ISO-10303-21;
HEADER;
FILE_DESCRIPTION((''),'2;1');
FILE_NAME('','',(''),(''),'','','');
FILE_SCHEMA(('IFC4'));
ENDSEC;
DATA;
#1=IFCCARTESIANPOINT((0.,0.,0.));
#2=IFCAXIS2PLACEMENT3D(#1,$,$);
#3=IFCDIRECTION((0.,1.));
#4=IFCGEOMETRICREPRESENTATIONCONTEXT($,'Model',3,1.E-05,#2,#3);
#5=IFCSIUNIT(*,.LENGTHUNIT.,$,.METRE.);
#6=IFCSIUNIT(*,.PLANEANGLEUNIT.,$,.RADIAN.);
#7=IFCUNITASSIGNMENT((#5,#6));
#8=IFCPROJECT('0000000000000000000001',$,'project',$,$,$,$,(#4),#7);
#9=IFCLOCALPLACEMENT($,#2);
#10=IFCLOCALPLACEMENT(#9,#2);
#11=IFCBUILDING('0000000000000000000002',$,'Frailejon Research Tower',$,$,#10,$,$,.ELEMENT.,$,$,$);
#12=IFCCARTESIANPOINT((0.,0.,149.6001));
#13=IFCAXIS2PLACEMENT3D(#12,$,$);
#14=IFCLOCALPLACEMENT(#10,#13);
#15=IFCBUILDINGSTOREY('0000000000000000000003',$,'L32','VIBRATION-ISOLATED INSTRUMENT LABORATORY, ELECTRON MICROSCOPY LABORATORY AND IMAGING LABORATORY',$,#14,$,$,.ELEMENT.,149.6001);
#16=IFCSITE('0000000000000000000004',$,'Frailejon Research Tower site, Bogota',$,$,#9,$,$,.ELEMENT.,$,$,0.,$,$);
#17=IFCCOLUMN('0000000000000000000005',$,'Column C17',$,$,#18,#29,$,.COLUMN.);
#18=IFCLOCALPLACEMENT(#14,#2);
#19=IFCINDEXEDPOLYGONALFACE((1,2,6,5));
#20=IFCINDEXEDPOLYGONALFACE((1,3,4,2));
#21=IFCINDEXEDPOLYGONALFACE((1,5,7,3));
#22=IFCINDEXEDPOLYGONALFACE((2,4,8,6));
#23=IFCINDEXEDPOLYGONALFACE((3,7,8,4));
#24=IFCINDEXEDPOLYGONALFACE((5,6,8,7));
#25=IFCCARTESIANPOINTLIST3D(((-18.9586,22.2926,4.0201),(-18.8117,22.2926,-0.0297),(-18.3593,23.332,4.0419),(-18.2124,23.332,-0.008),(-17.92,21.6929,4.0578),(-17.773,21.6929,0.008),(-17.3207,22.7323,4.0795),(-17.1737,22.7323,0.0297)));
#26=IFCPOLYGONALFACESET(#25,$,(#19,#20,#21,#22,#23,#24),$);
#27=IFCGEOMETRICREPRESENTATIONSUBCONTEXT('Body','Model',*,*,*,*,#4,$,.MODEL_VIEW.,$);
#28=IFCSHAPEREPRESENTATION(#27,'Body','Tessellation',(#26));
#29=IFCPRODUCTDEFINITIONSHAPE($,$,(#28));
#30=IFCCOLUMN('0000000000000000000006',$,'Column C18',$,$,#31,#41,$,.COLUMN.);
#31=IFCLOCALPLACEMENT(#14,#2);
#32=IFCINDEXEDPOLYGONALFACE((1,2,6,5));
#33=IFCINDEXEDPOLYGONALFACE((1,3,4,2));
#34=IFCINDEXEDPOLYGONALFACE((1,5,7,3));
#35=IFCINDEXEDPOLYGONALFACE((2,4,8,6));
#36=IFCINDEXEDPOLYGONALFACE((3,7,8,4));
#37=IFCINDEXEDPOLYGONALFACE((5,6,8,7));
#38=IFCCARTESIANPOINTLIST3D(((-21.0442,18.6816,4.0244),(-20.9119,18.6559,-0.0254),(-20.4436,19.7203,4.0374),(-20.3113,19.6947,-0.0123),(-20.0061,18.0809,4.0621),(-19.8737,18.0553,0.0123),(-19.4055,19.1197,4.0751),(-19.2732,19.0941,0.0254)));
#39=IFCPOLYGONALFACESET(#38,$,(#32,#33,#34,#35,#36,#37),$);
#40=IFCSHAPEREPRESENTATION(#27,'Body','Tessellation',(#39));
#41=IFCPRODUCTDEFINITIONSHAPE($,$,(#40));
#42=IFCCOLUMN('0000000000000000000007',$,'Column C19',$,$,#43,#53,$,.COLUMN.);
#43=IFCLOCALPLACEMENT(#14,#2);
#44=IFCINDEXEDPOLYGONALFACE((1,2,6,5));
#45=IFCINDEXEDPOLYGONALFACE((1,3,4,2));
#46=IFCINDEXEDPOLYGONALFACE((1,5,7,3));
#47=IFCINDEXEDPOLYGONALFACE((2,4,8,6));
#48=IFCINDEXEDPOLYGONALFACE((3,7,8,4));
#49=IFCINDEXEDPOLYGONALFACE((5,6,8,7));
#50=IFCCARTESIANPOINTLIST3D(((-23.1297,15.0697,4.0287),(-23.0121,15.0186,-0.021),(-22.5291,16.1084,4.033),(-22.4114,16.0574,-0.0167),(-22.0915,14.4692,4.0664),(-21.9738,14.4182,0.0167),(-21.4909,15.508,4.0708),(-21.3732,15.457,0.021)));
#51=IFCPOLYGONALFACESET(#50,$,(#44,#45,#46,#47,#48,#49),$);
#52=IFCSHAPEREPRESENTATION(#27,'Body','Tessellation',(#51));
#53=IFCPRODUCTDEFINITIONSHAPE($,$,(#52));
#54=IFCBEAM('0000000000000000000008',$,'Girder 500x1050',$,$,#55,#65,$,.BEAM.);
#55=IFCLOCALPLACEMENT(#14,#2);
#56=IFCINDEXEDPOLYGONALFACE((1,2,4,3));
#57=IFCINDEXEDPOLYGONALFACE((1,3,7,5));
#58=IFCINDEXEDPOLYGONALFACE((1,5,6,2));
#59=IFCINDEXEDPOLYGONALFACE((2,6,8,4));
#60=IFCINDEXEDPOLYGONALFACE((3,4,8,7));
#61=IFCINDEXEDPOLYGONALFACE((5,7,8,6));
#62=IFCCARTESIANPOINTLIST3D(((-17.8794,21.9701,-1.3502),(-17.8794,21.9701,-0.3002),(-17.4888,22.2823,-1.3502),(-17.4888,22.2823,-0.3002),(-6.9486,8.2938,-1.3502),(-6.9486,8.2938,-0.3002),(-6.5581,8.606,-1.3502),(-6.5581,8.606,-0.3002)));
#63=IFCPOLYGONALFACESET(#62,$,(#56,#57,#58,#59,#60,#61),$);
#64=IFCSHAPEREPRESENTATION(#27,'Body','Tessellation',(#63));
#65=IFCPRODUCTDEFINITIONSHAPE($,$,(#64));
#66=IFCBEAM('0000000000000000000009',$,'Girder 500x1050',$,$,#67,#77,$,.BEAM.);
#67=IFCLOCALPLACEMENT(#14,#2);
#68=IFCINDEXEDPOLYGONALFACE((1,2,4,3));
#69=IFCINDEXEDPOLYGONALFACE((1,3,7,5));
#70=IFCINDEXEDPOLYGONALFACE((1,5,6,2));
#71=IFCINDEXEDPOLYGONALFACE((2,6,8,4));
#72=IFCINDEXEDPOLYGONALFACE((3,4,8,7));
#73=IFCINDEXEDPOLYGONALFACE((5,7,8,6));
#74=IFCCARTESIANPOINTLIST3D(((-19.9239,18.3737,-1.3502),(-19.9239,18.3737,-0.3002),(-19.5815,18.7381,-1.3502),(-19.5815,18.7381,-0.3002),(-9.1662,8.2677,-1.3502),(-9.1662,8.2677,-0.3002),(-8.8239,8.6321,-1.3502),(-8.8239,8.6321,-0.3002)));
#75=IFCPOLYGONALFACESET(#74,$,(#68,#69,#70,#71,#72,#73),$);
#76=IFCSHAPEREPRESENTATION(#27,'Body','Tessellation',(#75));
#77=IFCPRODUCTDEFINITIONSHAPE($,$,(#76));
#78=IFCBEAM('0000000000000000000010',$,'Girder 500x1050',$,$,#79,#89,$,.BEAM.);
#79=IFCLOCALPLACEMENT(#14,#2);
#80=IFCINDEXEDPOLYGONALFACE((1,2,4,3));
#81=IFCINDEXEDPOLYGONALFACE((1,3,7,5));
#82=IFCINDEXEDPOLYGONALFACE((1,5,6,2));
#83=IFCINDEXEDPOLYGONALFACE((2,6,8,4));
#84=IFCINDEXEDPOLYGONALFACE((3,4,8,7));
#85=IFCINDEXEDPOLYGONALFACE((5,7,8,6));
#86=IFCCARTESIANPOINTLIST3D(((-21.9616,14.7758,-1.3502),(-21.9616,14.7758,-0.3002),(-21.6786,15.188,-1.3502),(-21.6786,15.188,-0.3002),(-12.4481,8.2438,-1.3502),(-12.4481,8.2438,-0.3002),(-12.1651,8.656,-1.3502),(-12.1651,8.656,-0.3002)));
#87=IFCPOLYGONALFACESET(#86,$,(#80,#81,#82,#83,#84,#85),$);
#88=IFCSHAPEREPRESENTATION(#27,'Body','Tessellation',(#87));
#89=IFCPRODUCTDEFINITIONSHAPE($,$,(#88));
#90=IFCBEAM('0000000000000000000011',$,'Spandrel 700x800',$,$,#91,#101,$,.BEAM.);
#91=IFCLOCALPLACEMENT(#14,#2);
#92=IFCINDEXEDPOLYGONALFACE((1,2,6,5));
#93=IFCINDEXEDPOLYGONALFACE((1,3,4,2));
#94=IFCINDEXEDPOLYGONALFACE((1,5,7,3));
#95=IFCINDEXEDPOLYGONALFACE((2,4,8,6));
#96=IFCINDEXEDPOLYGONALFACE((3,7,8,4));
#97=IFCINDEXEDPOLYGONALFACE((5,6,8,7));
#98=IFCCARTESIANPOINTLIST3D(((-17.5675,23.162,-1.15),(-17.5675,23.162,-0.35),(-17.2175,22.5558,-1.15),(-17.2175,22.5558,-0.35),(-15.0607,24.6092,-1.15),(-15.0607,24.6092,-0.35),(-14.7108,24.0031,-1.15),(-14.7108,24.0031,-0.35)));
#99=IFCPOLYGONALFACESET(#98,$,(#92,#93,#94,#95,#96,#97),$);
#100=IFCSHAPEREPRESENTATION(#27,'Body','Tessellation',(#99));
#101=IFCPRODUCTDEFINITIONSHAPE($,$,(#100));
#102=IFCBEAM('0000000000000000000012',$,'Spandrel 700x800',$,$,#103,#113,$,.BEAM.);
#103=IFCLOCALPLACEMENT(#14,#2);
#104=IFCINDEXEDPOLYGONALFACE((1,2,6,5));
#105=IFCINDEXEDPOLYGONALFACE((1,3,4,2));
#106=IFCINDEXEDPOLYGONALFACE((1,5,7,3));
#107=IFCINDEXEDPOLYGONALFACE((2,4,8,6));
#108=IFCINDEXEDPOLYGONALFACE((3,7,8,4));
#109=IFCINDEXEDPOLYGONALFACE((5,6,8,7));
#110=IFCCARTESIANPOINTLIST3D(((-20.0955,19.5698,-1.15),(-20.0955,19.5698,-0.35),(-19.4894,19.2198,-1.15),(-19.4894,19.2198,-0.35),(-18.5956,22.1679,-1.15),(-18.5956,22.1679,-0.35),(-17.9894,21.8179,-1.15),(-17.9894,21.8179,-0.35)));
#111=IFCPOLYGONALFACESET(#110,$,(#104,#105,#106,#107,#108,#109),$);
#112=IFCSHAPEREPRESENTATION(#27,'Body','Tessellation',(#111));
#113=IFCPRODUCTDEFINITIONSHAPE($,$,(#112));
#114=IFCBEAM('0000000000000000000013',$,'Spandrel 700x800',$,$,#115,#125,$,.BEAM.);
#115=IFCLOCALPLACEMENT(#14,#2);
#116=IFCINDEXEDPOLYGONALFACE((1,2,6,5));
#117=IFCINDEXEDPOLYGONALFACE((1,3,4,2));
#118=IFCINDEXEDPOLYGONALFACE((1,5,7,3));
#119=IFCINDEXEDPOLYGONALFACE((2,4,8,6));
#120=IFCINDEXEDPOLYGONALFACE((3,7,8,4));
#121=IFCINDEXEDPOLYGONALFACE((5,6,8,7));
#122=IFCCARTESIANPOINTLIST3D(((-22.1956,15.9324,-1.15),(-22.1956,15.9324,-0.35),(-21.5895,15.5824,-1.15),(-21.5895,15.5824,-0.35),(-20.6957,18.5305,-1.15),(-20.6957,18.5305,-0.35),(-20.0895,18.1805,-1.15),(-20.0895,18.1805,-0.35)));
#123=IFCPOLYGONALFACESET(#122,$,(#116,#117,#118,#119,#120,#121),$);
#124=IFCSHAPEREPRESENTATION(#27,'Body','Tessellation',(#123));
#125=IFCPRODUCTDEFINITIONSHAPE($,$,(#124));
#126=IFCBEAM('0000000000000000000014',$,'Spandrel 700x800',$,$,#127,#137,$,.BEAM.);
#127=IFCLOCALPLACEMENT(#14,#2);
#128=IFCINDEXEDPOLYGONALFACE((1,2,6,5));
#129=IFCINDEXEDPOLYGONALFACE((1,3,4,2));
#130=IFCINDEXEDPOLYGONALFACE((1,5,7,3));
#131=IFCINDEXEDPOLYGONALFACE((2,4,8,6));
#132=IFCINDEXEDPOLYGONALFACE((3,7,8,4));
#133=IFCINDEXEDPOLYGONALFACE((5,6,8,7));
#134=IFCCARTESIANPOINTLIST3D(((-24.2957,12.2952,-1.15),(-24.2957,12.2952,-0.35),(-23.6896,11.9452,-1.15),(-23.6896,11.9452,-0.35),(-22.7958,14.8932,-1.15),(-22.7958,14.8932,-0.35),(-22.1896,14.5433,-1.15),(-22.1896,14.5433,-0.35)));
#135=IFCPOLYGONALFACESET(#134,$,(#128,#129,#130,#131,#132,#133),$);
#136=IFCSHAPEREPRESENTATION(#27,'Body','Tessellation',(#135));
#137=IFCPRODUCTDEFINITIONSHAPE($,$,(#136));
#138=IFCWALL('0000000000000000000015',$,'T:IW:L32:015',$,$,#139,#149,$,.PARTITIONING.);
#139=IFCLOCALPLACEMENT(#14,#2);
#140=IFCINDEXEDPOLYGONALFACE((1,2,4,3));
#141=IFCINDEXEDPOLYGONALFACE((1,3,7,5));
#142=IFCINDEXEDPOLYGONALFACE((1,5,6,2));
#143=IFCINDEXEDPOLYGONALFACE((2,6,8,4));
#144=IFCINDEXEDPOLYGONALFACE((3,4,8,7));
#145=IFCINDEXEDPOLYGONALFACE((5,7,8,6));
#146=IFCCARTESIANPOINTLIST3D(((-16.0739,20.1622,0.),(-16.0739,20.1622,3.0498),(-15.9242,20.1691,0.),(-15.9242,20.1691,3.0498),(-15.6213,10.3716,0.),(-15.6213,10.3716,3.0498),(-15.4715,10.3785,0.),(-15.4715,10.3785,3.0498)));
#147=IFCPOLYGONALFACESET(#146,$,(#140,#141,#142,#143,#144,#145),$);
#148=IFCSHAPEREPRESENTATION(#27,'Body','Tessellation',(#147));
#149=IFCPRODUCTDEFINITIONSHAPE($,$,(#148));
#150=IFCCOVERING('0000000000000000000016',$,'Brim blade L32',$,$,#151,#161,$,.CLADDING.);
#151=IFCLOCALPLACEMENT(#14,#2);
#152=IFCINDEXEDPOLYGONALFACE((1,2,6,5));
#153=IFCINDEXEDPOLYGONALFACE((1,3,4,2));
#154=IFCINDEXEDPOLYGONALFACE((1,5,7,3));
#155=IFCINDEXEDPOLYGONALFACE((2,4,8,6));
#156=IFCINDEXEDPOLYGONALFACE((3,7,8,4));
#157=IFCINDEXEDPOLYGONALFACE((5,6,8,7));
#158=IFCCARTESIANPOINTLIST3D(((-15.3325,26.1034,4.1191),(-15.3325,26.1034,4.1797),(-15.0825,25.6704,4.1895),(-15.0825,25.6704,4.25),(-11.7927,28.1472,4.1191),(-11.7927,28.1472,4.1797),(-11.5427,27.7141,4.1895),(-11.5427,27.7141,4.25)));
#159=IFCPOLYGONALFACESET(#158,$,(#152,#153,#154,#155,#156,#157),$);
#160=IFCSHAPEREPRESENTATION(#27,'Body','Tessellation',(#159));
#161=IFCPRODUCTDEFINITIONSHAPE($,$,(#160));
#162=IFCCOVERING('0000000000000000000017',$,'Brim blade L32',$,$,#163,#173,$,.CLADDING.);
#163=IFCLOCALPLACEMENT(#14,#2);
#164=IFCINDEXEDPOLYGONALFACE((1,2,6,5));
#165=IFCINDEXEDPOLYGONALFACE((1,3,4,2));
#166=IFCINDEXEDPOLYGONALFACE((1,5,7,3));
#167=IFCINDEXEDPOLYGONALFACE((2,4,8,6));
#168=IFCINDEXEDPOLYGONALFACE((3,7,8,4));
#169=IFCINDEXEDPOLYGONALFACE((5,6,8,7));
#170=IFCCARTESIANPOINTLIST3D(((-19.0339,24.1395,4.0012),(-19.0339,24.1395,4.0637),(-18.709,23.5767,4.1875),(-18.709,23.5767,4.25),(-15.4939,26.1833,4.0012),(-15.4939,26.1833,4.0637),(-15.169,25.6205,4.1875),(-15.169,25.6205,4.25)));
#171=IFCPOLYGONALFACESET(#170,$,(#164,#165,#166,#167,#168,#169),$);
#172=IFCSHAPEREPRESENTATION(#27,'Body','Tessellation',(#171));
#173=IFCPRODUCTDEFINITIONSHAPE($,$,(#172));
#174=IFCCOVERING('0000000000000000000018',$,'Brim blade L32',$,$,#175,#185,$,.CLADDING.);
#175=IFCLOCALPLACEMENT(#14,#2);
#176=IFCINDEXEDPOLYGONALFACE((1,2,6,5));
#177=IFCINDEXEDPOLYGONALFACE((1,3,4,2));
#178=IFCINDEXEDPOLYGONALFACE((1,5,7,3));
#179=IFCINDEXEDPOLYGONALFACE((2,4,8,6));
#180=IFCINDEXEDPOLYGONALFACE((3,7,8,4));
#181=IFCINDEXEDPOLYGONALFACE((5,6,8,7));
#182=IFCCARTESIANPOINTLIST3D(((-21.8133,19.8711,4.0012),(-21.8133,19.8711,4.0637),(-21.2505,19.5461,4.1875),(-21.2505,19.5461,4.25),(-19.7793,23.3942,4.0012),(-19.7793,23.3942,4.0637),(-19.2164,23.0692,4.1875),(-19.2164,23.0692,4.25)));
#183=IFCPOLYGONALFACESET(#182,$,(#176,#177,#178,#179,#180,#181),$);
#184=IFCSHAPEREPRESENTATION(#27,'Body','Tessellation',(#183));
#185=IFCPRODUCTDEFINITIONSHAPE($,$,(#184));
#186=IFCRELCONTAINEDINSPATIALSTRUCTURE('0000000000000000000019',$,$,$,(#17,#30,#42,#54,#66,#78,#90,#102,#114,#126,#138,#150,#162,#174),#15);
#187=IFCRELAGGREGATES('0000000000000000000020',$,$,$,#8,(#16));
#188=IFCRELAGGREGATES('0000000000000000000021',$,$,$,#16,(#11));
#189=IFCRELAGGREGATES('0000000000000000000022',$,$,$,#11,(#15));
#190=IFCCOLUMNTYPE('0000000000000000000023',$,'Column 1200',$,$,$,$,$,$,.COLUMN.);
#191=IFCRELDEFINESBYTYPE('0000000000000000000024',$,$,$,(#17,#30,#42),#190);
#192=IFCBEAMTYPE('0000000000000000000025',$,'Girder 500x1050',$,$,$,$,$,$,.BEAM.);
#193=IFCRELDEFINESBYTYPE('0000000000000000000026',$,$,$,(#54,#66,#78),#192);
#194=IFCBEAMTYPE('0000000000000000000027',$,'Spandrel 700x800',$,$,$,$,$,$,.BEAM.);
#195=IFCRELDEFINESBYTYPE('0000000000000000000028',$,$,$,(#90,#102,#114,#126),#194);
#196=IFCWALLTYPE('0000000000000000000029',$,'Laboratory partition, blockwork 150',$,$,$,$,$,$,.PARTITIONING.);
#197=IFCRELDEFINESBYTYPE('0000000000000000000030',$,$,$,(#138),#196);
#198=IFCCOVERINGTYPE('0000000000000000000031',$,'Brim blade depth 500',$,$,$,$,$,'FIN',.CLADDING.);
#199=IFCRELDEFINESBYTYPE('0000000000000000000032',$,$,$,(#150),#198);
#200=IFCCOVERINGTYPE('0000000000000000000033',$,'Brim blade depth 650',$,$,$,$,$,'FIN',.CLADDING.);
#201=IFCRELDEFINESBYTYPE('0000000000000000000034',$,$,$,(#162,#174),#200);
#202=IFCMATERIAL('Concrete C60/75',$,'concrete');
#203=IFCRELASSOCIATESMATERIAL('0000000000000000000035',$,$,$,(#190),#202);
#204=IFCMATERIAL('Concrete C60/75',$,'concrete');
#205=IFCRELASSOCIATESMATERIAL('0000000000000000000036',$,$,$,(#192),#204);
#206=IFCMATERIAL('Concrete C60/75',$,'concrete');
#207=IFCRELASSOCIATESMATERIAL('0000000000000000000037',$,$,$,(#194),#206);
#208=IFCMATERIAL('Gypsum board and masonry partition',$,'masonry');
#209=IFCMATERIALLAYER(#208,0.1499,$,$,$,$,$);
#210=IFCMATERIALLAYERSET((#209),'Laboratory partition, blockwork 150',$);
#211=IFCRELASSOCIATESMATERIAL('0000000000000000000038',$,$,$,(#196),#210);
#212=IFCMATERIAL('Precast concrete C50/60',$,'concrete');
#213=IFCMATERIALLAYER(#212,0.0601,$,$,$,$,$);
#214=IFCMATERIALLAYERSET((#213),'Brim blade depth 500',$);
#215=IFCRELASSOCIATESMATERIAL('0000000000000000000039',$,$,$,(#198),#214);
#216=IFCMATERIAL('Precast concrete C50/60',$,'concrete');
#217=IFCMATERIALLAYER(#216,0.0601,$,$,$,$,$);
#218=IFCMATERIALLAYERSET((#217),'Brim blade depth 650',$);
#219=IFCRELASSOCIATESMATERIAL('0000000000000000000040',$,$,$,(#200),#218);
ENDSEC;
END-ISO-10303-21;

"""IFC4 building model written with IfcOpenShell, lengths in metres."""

from ifc_helpers import new_model, si_unit, direction, frame, frame_2d, origin, origin_2d, place, context, subcontext, project, spatial, polyline, rectangle, outline, extrude, material, layer, layer_set, material_profile, profile_set, type_object, element, save


model = new_model("IFC4")

# Units and contexts
model_context = context("Model", 3, precision=1e-05, world=origin(), true_north=direction((0.0, 1.0)))
body_context = subcontext(model_context, "Body", "Model", "MODEL_VIEW")
ifc_project = project(units=[si_unit("LENGTHUNIT", "METRE"), si_unit("PLANEANGLEUNIT", "RADIAN")], contexts=[model_context])

# Site, building, storey
site_placement = place(None, origin())
site = spatial("IfcSite", under=ifc_project, at=site_placement, Name="Frailejon Research Tower site, Bogota", CompositionType="ELEMENT", RefElevation=0.0)
building_placement = place(site_placement, origin())
building = spatial("IfcBuilding", under=site, at=building_placement, Name="Frailejon Research Tower", CompositionType="ELEMENT")
storey_placement = place(building_placement, frame((0.0, 0.0, 149.6001)))
storey = spatial("IfcBuildingStorey", under=building, at=storey_placement, Name="L32", Description="VIBRATION-ISOLATED INSTRUMENT LABORATORY, ELECTRON MICROSCOPY LABORATORY AND IMAGING LABORATORY", CompositionType="ELEMENT", Elevation=149.6001)

# Columns
ifc_material_1 = material(Name="Concrete C60/75", Category="concrete")
ifc_material_profile_1 = material_profile(ifc_material_1, rectangle(XDim=1.2, YDim=1.2, at=origin_2d()), Name="Column 1200")
ifc_profile_set_1 = profile_set([ifc_material_profile_1], Name="Concrete C60/75")
column_type = type_object("IfcColumnType", Name="Column 1200", PredefinedType="COLUMN", material=ifc_profile_set_1)
column_1_placement = place(storey_placement, frame((-17.9927, 22.5125, 0.0), z_axis=(-0.036267, 0.0, 0.999342), x_axis=(-0.499425, -0.866168, -0.018125)))
element("IfcColumn", 1, at=column_1_placement, inside=storey, type_object=column_type, Name="Column C17", PredefinedType="COLUMN", context=body_context, shape_type="SweptSolid", body=[
    extrude(rectangle(XDim=1.2, YDim=1.2, at=origin_2d()), origin(), (0.0, 0.0, 1.0), 4.0525),
])
column_2_placement = place(storey_placement, frame((-20.0925, 18.875, 0.0), z_axis=(-0.032656, 0.006326, 0.999447), x_axis=(-0.500479, -0.865681, -0.010873)))
element("IfcColumn", 2, at=column_2_placement, inside=storey, type_object=column_type, Name="Column C18", PredefinedType="COLUMN", context=body_context, shape_type="SweptSolid", body=[
    extrude(rectangle(XDim=1.2, YDim=1.2, at=origin_2d()), origin(), (0.0, 0.0, 1.0), 4.052),
])
column_3_placement = place(storey_placement, frame((-22.1926, 15.2378, 0.0), z_axis=(-0.029043, 0.012593, 0.999499), x_axis=(-0.500555, -0.865697, -0.003637)))
element("IfcColumn", 3, at=column_3_placement, inside=storey, type_object=column_type, Name="Column C19", PredefinedType="COLUMN", context=body_context, shape_type="SweptSolid", body=[
    extrude(rectangle(XDim=1.2, YDim=1.2, at=origin_2d()), origin(), (0.0, 0.0, 1.0), 4.0518),
])

# Beams
ifc_material_2 = material(Name="Concrete C60/75", Category="concrete")
ifc_material_profile_2 = material_profile(ifc_material_2, rectangle(XDim=0.5, YDim=1.05, at=origin_2d()), Name="Girder 500x1050")
ifc_profile_set_2 = profile_set([ifc_material_profile_2], Name="Concrete C60/75")
beam_type_1 = type_object("IfcBeamType", Name="Girder 500x1050", PredefinedType="BEAM", material=ifc_profile_set_2)
beam_1_placement = place(storey_placement, frame((-17.6841, 22.1262, -0.8252), z_axis=(0.624334, -0.781157, 0.0), x_axis=(0.781157, 0.624334, 0.0)))
element("IfcBeam", 4, at=beam_1_placement, inside=storey, type_object=beam_type_1, Name="Girder 500x1050", PredefinedType="BEAM", context=body_context, shape_type="SweptSolid", body=[
    extrude(rectangle(XDim=0.5, YDim=1.05, at=origin_2d()), origin(), (0.0, 0.0, 1.0), 17.5078),
])
beam_2_placement = place(storey_placement, frame((-19.7527, 18.5559, -0.8252), z_axis=(0.728836, -0.684689, 0.0), x_axis=(0.684689, 0.728836, 0.0)))
element("IfcBeam", 5, at=beam_2_placement, inside=storey, type_object=beam_type_1, Name="Girder 500x1050", PredefinedType="BEAM", context=body_context, shape_type="SweptSolid", body=[
    extrude(rectangle(XDim=0.5, YDim=1.05, at=origin_2d()), origin(), (0.0, 0.0, 1.0), 14.76),
])
beam_3_placement = place(storey_placement, frame((-21.8201, 14.9819, -0.8252), z_axis=(0.824386, -0.566029, 0.0), x_axis=(0.566029, 0.824386, 0.0)))
element("IfcBeam", 6, at=beam_3_placement, inside=storey, type_object=beam_type_1, Name="Girder 500x1050", PredefinedType="BEAM", context=body_context, shape_type="SweptSolid", body=[
    extrude(rectangle(XDim=0.5, YDim=1.05, at=origin_2d()), origin(), (0.0, 0.0, 1.0), 11.54),
])
ifc_material_3 = material(Name="Concrete C60/75", Category="concrete")
ifc_material_profile_3 = material_profile(ifc_material_3, rectangle(XDim=0.7, YDim=0.8, at=origin_2d()), Name="Spandrel 700x800")
ifc_profile_set_3 = profile_set([ifc_material_profile_3], Name="Concrete C60/75")
beam_type_2 = type_object("IfcBeamType", Name="Spandrel 700x800", PredefinedType="BEAM", material=ifc_profile_set_3)
beam_4_placement = place(storey_placement, frame((-14.8857, 24.3062, -0.75), z_axis=(-0.866034, -0.499985, 0.0), x_axis=(0.499985, -0.866034, 0.0)))
element("IfcBeam", 7, at=beam_4_placement, inside=storey, type_object=beam_type_2, Name="Spandrel 700x800", PredefinedType="BEAM", context=body_context, shape_type="SweptSolid", body=[
    extrude(rectangle(XDim=0.7, YDim=0.8, at=origin_2d()), origin(), (0.0, 0.0, 1.0), 2.8945),
])
for number, where, z_axis, x_axis, name in (
    (8, (-18.2925, 21.9929, -0.75), (-0.49999, -0.866031, 0.0), (0.866031, -0.49999, 0.0), "Spandrel 700x800"),
    (9, (-20.3926, 18.3555, -0.75), (-0.49999, -0.866031, 0.0), (0.866031, -0.49999, 0.0), "Spandrel 700x800"),
    (10, (-22.4927, 14.7183, -0.75), (-0.49999, -0.866031, 0.0), (0.866031, -0.49999, 0.0), "Spandrel 700x800"),
):
    element("IfcBeam", number, at=place(storey_placement, frame(where, z_axis=z_axis, x_axis=x_axis)), inside=storey, type_object=beam_type_2, Name=name, PredefinedType="BEAM", context=body_context, shape_type="SweptSolid", body=[
        extrude(rectangle(XDim=0.7, YDim=0.8, at=origin_2d()), origin(), (0.0, 0.0, 1.0), 3.0),
    ])

# Wall
ifc_material_4 = material(Name="Gypsum board and masonry partition", Category="masonry")
ifc_layer_1 = layer(ifc_material_4, 0.1499)
ifc_layer_set_1 = layer_set([ifc_layer_1], Name="Laboratory partition, blockwork 150")
wall_type_1 = type_object("IfcWallType", Name="Laboratory partition, blockwork 150", PredefinedType="PARTITIONING", material=ifc_layer_set_1)
wall_1_placement = place(storey_placement, frame((-15.999, 20.1655, 0.0), z_axis=(0.0, 0.0, 1.0), x_axis=(0.046183, -0.998933, 0.0)))
element("IfcWall", 11, at=wall_1_placement, inside=storey, type_object=wall_type_1, Name="T:IW:L32:015", PredefinedType="PARTITIONING", context=body_context, shape_type="SweptSolid", body=[
    extrude(rectangle(XDim=9.801, YDim=0.1499, at=frame_2d((4.9004, 0.0))), origin(), (0.0, 0.0, 1.0), 3.0498),
])

# Coverings
ifc_material_5 = material(Name="Precast concrete C50/60", Category="concrete")
ifc_layer_2 = layer(ifc_material_5, 0.0601)
ifc_layer_set_2 = layer_set([ifc_layer_2], Name="Brim blade depth 500")
covering_type_1 = type_object("IfcCoveringType", Name="Brim blade depth 500", ElementType="FIN", PredefinedType="CLADDING", material=ifc_layer_set_2)
covering_1_placement = place(storey_placement, frame((-15.0825, 25.6704, 4.25), z_axis=(0.866021, 0.500007, 0.0), x_axis=(-0.500007, 0.866021, 0.0)))
element("IfcCovering", 12, at=covering_1_placement, inside=storey, type_object=covering_type_1, Name="Brim blade L32", PredefinedType="CLADDING", context=body_context, shape_type="SweptSolid", body=[
    extrude(outline(polyline([(0.0, -0.0605), (0.5, -0.1309), (0.5, -0.0703), (0.0, 0.0), (0.0, -0.0605)])), origin(), (0.0, 0.0, 1.0), 4.0874),
])
ifc_material_6 = material(Name="Precast concrete C50/60", Category="concrete")
ifc_layer_3 = layer(ifc_material_6, 0.0601)
ifc_layer_set_3 = layer_set([ifc_layer_3], Name="Brim blade depth 650")
covering_type_2 = type_object("IfcCoveringType", Name="Brim blade depth 650", ElementType="FIN", PredefinedType="CLADDING", material=ifc_layer_set_3)
covering_2_placement = place(storey_placement, frame((-18.709, 23.5767, 4.25), z_axis=(0.866027, 0.499997, 0.0), x_axis=(-0.499997, 0.866027, 0.0)))
element("IfcCovering", 13, at=covering_2_placement, inside=storey, type_object=covering_type_2, Name="Brim blade L32", PredefinedType="CLADDING", context=body_context, shape_type="SweptSolid", body=[
    extrude(outline(polyline([(0.0, -0.0625), (0.6499, -0.2488), (0.6499, -0.1863), (0.0, 0.0), (0.0, -0.0625)])), origin(), (0.0, 0.0, 1.0), 4.0876),
])
covering_3_placement = place(storey_placement, frame((-21.2505, 19.5461, 4.25), z_axis=(0.499999, 0.866026, 0.0), x_axis=(-0.866026, 0.499999, 0.0)))
element("IfcCovering", 14, at=covering_3_placement, inside=storey, type_object=covering_type_2, Name="Brim blade L32", PredefinedType="CLADDING", context=body_context, shape_type="SweptSolid", body=[
    extrude(outline(polyline([(0.0, -0.0625), (0.6499, -0.2488), (0.6499, -0.1863), (0.0, 0.0), (0.0, -0.0625)])), origin(), (0.0, 0.0, 1.0), 4.0681),
])

save(model, "model.ifc")
